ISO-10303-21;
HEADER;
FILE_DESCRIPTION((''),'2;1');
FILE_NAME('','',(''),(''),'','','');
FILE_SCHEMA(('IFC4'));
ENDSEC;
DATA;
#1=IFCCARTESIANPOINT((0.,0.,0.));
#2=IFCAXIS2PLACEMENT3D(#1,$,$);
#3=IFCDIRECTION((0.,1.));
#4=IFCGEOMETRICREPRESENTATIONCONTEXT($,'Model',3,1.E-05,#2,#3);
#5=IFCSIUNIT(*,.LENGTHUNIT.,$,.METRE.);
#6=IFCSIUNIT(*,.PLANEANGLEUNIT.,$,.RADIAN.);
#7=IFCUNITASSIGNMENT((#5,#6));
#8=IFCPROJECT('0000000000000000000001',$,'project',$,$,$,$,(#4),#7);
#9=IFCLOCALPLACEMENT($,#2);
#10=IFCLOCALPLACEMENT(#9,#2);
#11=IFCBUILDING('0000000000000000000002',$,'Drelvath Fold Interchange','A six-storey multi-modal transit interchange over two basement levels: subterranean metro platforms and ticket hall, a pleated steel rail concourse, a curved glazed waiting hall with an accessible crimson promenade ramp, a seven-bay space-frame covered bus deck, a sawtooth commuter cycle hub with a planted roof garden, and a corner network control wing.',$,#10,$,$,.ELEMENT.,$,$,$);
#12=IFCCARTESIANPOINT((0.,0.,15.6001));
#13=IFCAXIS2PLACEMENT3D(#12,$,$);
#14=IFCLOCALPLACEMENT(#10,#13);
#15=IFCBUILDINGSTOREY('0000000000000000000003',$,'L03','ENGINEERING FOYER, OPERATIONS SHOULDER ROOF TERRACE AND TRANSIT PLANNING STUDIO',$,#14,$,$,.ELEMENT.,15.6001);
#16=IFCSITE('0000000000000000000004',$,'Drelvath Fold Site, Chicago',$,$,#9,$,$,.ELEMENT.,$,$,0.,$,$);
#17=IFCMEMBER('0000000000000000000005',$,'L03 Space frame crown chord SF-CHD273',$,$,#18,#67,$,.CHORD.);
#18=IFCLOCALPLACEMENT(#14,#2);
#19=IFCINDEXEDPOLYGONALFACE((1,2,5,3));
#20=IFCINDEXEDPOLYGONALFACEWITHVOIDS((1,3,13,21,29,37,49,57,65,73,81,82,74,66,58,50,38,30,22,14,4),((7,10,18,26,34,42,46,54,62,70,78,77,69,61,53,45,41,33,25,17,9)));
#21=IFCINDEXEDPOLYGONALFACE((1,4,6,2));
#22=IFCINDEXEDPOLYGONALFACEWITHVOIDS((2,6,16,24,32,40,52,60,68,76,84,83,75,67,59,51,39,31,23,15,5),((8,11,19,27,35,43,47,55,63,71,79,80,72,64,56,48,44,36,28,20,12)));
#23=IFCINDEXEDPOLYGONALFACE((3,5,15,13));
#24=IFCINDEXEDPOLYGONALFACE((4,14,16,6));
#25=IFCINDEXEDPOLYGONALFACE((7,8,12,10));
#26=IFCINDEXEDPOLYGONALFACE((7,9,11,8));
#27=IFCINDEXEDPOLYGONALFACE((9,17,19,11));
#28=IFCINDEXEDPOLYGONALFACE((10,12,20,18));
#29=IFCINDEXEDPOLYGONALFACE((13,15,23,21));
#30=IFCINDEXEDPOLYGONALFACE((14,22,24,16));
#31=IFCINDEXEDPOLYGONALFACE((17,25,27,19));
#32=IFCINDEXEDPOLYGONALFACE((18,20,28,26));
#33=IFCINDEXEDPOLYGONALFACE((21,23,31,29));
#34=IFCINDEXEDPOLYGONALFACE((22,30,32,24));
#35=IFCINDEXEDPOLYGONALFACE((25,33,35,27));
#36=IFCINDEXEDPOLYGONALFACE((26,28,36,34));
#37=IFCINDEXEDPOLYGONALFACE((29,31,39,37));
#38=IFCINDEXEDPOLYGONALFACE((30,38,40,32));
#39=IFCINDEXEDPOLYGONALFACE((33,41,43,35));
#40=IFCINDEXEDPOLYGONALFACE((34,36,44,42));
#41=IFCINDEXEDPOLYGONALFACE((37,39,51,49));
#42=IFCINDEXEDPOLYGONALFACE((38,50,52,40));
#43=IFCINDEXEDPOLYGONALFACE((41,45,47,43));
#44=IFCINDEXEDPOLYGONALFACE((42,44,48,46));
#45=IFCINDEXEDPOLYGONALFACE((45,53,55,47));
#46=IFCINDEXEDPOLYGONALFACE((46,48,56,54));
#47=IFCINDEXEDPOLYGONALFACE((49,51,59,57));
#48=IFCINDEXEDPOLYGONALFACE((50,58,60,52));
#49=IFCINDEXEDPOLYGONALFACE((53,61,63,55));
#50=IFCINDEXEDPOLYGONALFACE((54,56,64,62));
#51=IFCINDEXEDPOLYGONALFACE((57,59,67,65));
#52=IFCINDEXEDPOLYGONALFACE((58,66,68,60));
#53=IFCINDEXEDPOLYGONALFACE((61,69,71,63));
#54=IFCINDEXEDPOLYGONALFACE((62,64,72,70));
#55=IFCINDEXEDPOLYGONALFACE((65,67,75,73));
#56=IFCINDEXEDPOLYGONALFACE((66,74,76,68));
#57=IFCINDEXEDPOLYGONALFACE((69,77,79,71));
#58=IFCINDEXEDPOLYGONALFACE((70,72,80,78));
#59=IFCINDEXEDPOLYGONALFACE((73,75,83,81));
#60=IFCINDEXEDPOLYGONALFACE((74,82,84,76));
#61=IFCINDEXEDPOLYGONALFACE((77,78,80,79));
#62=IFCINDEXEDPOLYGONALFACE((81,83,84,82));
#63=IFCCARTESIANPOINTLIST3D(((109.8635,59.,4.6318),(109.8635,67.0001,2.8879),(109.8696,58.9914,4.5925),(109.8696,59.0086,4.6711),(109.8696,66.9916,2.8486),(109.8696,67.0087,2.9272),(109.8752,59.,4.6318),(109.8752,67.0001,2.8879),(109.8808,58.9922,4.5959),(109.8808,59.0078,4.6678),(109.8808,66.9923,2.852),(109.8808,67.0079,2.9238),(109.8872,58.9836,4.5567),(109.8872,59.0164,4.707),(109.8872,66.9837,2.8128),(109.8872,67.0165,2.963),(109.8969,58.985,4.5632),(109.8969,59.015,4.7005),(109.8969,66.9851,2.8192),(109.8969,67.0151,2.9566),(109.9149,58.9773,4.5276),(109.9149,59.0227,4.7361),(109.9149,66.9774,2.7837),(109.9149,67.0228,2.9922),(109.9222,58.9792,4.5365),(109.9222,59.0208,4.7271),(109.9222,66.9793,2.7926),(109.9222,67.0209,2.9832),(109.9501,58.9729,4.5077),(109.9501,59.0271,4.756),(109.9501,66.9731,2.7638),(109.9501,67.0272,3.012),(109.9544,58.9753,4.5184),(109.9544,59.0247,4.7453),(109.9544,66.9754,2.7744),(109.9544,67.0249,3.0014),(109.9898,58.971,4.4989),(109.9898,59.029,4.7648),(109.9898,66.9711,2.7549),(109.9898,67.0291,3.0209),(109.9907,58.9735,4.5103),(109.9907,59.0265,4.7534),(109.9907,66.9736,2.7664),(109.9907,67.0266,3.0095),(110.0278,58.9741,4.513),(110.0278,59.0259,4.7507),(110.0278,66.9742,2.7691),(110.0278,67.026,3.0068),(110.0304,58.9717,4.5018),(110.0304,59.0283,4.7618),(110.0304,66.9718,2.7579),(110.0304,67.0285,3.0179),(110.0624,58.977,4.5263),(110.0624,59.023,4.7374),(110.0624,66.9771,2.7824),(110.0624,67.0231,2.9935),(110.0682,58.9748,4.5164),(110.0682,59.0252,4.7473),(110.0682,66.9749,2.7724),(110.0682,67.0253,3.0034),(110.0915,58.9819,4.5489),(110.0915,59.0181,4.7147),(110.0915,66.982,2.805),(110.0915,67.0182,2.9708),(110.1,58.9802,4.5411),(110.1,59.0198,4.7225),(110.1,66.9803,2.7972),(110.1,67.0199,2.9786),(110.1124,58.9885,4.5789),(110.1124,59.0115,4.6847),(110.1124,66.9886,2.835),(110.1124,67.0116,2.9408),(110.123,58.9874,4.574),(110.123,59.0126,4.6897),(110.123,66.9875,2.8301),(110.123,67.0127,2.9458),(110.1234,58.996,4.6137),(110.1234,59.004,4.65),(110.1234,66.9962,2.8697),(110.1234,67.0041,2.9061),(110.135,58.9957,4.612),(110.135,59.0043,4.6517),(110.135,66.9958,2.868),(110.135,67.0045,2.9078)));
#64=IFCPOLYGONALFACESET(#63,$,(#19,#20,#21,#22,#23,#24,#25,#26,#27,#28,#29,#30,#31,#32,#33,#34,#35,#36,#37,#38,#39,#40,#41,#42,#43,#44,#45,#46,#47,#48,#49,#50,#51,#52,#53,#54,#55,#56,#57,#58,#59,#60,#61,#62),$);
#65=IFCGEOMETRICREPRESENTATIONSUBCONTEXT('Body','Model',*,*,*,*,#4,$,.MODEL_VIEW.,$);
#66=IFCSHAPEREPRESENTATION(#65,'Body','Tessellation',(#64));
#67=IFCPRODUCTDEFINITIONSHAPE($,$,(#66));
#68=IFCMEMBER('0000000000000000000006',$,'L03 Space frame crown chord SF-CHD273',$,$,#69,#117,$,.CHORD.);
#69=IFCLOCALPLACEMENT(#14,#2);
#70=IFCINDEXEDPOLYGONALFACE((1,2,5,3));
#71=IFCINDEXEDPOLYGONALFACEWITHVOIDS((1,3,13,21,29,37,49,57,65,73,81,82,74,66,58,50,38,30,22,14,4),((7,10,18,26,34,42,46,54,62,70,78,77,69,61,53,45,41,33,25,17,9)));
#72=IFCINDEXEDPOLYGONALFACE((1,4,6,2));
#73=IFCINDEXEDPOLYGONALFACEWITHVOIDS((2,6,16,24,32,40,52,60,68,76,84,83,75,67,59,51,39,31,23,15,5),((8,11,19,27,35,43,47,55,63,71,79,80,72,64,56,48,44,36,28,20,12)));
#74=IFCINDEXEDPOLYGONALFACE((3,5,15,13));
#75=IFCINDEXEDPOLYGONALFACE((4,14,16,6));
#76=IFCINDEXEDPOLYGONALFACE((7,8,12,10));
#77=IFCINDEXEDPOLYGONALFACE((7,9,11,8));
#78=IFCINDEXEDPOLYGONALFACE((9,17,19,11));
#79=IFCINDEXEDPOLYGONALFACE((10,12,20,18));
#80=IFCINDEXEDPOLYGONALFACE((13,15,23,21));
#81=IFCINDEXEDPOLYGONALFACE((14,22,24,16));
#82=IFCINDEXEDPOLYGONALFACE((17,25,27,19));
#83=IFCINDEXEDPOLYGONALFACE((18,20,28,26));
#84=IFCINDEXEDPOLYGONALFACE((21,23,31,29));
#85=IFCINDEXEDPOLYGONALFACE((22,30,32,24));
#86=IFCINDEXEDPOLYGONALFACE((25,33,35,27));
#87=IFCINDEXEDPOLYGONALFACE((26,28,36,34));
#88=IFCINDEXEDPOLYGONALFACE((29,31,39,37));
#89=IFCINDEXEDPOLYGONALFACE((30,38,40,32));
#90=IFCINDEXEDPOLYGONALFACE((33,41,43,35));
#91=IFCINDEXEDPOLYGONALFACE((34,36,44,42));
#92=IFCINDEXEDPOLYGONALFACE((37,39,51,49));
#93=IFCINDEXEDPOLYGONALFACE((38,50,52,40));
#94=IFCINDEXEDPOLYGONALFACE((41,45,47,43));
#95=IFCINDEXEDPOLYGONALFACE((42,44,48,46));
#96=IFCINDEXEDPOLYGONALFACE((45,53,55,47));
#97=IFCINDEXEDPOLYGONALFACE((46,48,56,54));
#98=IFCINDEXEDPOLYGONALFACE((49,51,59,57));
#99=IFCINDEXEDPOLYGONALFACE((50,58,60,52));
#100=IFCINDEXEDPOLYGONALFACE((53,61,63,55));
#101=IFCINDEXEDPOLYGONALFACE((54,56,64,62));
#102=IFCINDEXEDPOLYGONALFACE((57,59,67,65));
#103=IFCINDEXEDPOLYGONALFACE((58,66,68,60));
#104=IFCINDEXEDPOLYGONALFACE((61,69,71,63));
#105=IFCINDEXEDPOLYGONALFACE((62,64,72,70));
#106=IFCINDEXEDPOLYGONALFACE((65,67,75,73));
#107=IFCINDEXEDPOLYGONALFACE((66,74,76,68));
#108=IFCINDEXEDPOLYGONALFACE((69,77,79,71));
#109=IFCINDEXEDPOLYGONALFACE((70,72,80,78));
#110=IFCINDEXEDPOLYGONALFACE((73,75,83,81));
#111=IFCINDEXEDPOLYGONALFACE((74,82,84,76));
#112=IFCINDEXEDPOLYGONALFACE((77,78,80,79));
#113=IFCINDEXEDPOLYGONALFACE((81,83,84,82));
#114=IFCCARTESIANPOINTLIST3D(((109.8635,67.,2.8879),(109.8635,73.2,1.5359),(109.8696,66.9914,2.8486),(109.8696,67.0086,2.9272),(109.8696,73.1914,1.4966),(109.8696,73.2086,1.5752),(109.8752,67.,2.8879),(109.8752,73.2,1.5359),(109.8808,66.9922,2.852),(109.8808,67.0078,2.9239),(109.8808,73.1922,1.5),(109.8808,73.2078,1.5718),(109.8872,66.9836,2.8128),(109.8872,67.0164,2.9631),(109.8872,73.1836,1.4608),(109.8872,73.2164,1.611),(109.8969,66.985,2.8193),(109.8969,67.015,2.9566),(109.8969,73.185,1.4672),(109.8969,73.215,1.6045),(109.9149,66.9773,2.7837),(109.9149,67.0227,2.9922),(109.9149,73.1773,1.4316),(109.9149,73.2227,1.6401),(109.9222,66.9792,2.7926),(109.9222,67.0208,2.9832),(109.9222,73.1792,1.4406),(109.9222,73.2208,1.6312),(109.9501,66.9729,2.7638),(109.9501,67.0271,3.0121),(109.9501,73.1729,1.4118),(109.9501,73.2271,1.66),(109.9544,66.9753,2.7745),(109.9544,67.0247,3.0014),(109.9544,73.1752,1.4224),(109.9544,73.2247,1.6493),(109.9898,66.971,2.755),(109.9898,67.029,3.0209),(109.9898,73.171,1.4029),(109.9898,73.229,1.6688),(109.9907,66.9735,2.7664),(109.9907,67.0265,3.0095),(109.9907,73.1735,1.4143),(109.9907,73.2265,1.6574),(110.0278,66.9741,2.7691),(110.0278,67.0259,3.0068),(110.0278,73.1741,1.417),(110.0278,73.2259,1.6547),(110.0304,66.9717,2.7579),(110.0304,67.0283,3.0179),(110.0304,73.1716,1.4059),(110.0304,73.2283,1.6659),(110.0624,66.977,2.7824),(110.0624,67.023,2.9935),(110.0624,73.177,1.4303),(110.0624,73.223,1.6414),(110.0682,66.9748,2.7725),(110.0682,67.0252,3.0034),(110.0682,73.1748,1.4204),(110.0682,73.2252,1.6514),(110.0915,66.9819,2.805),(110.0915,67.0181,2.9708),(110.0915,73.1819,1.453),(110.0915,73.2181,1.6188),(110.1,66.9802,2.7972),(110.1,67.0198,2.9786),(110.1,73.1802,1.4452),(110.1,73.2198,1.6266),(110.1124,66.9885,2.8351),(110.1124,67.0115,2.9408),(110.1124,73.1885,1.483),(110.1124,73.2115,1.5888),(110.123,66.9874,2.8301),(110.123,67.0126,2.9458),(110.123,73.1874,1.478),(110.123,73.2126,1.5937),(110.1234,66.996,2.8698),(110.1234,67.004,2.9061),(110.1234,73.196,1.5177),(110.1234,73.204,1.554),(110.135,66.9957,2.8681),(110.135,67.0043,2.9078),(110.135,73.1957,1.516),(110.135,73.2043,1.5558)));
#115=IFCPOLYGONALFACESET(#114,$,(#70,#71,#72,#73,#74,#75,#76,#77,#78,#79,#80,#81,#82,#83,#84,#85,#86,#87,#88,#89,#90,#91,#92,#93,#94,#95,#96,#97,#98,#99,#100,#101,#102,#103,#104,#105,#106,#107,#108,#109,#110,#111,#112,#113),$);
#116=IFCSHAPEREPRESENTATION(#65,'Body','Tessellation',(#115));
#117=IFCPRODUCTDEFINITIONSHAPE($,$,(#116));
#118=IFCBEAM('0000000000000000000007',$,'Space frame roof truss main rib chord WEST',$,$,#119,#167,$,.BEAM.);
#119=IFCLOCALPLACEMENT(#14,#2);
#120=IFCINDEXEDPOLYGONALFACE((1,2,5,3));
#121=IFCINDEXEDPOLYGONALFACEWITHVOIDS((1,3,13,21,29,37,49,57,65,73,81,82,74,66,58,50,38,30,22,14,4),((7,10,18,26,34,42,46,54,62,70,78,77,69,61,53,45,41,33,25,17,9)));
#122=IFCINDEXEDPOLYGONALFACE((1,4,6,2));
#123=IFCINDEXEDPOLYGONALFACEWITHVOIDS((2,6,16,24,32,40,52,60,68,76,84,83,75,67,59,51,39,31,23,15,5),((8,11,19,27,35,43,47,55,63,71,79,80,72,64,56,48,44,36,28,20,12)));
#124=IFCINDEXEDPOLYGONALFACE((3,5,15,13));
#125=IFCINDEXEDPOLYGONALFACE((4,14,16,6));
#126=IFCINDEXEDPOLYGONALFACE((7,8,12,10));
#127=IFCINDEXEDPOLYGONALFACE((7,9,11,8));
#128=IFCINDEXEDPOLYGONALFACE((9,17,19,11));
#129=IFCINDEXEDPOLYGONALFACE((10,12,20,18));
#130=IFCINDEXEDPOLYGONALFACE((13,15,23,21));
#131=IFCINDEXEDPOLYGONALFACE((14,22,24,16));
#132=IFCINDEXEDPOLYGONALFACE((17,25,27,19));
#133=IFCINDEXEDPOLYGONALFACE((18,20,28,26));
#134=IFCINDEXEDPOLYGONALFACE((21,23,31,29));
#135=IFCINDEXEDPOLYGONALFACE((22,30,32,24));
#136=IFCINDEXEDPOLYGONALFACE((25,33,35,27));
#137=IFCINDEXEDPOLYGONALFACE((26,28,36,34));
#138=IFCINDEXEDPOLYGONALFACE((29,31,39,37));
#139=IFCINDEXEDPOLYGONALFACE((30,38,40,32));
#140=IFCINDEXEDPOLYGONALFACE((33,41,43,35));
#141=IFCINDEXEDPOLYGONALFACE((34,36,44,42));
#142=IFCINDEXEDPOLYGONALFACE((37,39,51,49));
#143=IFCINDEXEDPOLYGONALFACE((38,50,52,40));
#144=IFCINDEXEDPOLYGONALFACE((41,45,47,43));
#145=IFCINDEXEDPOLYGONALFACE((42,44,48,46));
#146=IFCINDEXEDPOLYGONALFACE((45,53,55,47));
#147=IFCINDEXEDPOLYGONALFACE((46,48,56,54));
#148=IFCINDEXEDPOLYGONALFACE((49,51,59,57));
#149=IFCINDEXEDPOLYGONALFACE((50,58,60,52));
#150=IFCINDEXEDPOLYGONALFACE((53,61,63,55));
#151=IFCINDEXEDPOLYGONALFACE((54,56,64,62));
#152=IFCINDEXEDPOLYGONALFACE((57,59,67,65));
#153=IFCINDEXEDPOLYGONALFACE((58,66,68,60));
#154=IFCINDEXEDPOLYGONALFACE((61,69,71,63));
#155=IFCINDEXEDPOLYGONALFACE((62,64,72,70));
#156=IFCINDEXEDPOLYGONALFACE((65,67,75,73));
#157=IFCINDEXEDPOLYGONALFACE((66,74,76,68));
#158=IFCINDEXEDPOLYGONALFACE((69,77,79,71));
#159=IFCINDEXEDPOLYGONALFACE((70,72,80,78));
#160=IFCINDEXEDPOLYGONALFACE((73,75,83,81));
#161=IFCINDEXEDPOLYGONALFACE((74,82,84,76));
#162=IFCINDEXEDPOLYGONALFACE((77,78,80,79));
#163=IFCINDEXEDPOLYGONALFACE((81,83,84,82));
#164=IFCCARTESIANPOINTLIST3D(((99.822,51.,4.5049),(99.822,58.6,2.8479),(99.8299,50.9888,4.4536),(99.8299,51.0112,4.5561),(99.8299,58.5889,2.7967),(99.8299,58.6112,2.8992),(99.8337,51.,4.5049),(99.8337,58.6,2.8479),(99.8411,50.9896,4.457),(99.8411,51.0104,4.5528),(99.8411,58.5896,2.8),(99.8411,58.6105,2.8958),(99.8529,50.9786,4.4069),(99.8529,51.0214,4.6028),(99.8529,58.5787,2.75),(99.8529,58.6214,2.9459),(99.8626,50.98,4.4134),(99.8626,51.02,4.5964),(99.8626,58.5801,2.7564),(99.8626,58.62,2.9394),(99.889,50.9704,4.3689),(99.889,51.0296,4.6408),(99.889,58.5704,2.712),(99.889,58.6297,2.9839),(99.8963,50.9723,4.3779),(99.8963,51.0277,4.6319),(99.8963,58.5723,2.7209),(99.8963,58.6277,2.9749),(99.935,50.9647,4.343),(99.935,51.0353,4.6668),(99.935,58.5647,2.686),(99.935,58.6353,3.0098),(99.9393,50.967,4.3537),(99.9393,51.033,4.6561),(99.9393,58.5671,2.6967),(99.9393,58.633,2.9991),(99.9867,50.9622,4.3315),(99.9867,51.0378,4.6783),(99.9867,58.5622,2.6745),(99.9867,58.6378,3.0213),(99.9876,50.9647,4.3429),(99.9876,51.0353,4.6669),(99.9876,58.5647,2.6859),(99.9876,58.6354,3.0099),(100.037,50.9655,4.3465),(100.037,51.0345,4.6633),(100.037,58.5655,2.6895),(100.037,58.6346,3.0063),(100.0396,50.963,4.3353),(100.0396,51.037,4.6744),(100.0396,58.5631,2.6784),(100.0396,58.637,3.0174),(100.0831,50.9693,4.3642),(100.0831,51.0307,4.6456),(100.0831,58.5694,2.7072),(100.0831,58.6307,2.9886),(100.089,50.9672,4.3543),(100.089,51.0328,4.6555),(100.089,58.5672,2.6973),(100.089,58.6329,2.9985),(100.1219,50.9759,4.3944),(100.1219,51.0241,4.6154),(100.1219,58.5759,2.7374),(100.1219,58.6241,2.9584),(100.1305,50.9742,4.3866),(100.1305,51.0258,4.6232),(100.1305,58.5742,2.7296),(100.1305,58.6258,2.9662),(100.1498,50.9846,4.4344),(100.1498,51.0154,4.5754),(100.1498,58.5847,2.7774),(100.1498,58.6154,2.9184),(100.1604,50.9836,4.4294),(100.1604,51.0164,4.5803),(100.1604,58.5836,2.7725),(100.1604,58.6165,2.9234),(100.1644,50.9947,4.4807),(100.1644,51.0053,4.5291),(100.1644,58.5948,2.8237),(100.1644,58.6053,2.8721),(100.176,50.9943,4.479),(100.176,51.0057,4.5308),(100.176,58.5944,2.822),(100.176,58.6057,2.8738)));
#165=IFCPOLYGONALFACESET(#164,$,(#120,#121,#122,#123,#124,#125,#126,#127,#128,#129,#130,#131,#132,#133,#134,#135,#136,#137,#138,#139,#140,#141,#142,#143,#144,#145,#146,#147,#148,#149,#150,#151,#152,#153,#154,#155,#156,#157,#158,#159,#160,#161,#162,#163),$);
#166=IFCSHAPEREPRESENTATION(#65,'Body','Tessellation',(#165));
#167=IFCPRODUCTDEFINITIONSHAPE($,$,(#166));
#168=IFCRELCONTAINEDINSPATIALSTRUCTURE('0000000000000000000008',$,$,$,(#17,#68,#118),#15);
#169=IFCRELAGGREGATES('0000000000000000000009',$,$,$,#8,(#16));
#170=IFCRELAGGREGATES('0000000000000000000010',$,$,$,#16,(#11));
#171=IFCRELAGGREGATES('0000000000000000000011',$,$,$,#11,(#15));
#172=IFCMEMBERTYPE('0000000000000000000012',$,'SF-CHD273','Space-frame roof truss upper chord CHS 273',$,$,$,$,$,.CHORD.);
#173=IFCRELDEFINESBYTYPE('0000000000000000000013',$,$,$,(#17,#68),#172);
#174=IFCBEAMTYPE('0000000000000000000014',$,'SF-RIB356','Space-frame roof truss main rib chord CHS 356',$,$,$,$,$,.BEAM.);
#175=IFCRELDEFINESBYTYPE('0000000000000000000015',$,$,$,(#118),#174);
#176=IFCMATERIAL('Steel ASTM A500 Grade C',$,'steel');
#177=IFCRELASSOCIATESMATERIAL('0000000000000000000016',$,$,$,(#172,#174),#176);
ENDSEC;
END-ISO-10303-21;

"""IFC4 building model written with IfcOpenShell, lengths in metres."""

from ifc_helpers import new_model, si_unit, direction, frame, origin, origin_2d, place, context, subcontext, project, spatial, hollow_circle, extrude, material, material_profile, profile_set, type_object, element, save


model = new_model("IFC4")

# Units and contexts
model_context = context("Model", 3, precision=1e-05, world=origin(), true_north=direction((0.0, 1.0)))
body_context = subcontext(model_context, "Body", "Model", "MODEL_VIEW")
ifc_project = project(units=[si_unit("LENGTHUNIT", "METRE"), si_unit("PLANEANGLEUNIT", "RADIAN")], contexts=[model_context])

# Site, building, storey
site_placement = place(None, origin())
site = spatial("IfcSite", under=ifc_project, at=site_placement, Name="Drelvath Fold Site, Chicago", CompositionType="ELEMENT", RefElevation=0.0)
building_placement = place(site_placement, origin())
building = spatial("IfcBuilding", under=site, at=building_placement, Name="Drelvath Fold Interchange", Description="A six-storey multi-modal transit interchange over two basement levels: subterranean metro platforms and ticket hall, a pleated steel rail concourse, a curved glazed waiting hall with an accessible crimson promenade ramp, a seven-bay space-frame covered bus deck, a sawtooth commuter cycle hub with a planted roof garden, and a corner network control wing.", CompositionType="ELEMENT")
storey_placement = place(building_placement, frame((0.0, 0.0, 15.6001)))
storey = spatial("IfcBuildingStorey", under=building, at=storey_placement, Name="L03", Description="ENGINEERING FOYER, OPERATIONS SHOULDER ROOF TERRACE AND TRANSIT PLANNING STUDIO", CompositionType="ELEMENT", Elevation=15.6001)

# Members
ifc_material_1 = material(Name="Steel ASTM A500 Grade C", Category="steel")
ifc_material_profile_1 = material_profile(ifc_material_1, hollow_circle(Radius=0.1365, WallThickness=0.0117, at=origin_2d()), Name="HSS10.750X0.500")
ifc_profile_set_1 = profile_set([ifc_material_profile_1], Name="Steel ASTM A500 Grade C")
member_type_1 = type_object("IfcMemberType", Name="SF-CHD273", Description="Space-frame roof truss upper chord CHS 273", PredefinedType="CHORD", material=ifc_profile_set_1)
member_1_placement = place(storey_placement, frame((110.0, 59.0, 4.6318), z_axis=(0.0, 0.977055, -0.212985), x_axis=(-1.0, 0.0, 0.0)))
element("IfcMember", 1, at=member_1_placement, inside=storey, type_object=member_type_1, Name="L03 Space frame crown chord SF-CHD273", PredefinedType="CHORD", context=body_context, shape_type="SweptSolid", body=[
    extrude(hollow_circle(Radius=0.1365, WallThickness=0.0117, at=origin_2d()), origin(), (0.0, 0.0, 1.0), 8.188),
])
member_2_placement = place(storey_placement, frame((110.0, 67.0, 2.8879), z_axis=(0.0, 0.977038, -0.213067), x_axis=(-1.0, 0.0, 0.0)))
element("IfcMember", 2, at=member_2_placement, inside=storey, type_object=member_type_1, Name="L03 Space frame crown chord SF-CHD273", PredefinedType="CHORD", context=body_context, shape_type="SweptSolid", body=[
    extrude(hollow_circle(Radius=0.1365, WallThickness=0.0117, at=origin_2d()), origin(), (0.0, 0.0, 1.0), 6.3457),
])

# Beam
ifc_material_profile_2 = material_profile(ifc_material_1, hollow_circle(Radius=0.178, WallThickness=0.0117, at=origin_2d()), Name="HSS14.000X0.500")
ifc_profile_set_2 = profile_set([ifc_material_profile_2], Name="Steel ASTM A500 Grade C")
beam_type_1 = type_object("IfcBeamType", Name="SF-RIB356", Description="Space-frame roof truss main rib chord CHS 356", PredefinedType="BEAM", material=ifc_profile_set_2)
beam_1_placement = place(storey_placement, frame((100.0, 51.0, 4.5049), z_axis=(0.0, 0.977048, -0.213017), x_axis=(-1.0, 0.0, 0.0)))
element("IfcBeam", 3, at=beam_1_placement, inside=storey, type_object=beam_type_1, Name="Space frame roof truss main rib chord WEST", PredefinedType="BEAM", context=body_context, shape_type="SweptSolid", body=[
    extrude(hollow_circle(Radius=0.178, WallThickness=0.0117, at=origin_2d()), origin(), (0.0, 0.0, 1.0), 7.7786),
])

save(model, "model.ifc")
